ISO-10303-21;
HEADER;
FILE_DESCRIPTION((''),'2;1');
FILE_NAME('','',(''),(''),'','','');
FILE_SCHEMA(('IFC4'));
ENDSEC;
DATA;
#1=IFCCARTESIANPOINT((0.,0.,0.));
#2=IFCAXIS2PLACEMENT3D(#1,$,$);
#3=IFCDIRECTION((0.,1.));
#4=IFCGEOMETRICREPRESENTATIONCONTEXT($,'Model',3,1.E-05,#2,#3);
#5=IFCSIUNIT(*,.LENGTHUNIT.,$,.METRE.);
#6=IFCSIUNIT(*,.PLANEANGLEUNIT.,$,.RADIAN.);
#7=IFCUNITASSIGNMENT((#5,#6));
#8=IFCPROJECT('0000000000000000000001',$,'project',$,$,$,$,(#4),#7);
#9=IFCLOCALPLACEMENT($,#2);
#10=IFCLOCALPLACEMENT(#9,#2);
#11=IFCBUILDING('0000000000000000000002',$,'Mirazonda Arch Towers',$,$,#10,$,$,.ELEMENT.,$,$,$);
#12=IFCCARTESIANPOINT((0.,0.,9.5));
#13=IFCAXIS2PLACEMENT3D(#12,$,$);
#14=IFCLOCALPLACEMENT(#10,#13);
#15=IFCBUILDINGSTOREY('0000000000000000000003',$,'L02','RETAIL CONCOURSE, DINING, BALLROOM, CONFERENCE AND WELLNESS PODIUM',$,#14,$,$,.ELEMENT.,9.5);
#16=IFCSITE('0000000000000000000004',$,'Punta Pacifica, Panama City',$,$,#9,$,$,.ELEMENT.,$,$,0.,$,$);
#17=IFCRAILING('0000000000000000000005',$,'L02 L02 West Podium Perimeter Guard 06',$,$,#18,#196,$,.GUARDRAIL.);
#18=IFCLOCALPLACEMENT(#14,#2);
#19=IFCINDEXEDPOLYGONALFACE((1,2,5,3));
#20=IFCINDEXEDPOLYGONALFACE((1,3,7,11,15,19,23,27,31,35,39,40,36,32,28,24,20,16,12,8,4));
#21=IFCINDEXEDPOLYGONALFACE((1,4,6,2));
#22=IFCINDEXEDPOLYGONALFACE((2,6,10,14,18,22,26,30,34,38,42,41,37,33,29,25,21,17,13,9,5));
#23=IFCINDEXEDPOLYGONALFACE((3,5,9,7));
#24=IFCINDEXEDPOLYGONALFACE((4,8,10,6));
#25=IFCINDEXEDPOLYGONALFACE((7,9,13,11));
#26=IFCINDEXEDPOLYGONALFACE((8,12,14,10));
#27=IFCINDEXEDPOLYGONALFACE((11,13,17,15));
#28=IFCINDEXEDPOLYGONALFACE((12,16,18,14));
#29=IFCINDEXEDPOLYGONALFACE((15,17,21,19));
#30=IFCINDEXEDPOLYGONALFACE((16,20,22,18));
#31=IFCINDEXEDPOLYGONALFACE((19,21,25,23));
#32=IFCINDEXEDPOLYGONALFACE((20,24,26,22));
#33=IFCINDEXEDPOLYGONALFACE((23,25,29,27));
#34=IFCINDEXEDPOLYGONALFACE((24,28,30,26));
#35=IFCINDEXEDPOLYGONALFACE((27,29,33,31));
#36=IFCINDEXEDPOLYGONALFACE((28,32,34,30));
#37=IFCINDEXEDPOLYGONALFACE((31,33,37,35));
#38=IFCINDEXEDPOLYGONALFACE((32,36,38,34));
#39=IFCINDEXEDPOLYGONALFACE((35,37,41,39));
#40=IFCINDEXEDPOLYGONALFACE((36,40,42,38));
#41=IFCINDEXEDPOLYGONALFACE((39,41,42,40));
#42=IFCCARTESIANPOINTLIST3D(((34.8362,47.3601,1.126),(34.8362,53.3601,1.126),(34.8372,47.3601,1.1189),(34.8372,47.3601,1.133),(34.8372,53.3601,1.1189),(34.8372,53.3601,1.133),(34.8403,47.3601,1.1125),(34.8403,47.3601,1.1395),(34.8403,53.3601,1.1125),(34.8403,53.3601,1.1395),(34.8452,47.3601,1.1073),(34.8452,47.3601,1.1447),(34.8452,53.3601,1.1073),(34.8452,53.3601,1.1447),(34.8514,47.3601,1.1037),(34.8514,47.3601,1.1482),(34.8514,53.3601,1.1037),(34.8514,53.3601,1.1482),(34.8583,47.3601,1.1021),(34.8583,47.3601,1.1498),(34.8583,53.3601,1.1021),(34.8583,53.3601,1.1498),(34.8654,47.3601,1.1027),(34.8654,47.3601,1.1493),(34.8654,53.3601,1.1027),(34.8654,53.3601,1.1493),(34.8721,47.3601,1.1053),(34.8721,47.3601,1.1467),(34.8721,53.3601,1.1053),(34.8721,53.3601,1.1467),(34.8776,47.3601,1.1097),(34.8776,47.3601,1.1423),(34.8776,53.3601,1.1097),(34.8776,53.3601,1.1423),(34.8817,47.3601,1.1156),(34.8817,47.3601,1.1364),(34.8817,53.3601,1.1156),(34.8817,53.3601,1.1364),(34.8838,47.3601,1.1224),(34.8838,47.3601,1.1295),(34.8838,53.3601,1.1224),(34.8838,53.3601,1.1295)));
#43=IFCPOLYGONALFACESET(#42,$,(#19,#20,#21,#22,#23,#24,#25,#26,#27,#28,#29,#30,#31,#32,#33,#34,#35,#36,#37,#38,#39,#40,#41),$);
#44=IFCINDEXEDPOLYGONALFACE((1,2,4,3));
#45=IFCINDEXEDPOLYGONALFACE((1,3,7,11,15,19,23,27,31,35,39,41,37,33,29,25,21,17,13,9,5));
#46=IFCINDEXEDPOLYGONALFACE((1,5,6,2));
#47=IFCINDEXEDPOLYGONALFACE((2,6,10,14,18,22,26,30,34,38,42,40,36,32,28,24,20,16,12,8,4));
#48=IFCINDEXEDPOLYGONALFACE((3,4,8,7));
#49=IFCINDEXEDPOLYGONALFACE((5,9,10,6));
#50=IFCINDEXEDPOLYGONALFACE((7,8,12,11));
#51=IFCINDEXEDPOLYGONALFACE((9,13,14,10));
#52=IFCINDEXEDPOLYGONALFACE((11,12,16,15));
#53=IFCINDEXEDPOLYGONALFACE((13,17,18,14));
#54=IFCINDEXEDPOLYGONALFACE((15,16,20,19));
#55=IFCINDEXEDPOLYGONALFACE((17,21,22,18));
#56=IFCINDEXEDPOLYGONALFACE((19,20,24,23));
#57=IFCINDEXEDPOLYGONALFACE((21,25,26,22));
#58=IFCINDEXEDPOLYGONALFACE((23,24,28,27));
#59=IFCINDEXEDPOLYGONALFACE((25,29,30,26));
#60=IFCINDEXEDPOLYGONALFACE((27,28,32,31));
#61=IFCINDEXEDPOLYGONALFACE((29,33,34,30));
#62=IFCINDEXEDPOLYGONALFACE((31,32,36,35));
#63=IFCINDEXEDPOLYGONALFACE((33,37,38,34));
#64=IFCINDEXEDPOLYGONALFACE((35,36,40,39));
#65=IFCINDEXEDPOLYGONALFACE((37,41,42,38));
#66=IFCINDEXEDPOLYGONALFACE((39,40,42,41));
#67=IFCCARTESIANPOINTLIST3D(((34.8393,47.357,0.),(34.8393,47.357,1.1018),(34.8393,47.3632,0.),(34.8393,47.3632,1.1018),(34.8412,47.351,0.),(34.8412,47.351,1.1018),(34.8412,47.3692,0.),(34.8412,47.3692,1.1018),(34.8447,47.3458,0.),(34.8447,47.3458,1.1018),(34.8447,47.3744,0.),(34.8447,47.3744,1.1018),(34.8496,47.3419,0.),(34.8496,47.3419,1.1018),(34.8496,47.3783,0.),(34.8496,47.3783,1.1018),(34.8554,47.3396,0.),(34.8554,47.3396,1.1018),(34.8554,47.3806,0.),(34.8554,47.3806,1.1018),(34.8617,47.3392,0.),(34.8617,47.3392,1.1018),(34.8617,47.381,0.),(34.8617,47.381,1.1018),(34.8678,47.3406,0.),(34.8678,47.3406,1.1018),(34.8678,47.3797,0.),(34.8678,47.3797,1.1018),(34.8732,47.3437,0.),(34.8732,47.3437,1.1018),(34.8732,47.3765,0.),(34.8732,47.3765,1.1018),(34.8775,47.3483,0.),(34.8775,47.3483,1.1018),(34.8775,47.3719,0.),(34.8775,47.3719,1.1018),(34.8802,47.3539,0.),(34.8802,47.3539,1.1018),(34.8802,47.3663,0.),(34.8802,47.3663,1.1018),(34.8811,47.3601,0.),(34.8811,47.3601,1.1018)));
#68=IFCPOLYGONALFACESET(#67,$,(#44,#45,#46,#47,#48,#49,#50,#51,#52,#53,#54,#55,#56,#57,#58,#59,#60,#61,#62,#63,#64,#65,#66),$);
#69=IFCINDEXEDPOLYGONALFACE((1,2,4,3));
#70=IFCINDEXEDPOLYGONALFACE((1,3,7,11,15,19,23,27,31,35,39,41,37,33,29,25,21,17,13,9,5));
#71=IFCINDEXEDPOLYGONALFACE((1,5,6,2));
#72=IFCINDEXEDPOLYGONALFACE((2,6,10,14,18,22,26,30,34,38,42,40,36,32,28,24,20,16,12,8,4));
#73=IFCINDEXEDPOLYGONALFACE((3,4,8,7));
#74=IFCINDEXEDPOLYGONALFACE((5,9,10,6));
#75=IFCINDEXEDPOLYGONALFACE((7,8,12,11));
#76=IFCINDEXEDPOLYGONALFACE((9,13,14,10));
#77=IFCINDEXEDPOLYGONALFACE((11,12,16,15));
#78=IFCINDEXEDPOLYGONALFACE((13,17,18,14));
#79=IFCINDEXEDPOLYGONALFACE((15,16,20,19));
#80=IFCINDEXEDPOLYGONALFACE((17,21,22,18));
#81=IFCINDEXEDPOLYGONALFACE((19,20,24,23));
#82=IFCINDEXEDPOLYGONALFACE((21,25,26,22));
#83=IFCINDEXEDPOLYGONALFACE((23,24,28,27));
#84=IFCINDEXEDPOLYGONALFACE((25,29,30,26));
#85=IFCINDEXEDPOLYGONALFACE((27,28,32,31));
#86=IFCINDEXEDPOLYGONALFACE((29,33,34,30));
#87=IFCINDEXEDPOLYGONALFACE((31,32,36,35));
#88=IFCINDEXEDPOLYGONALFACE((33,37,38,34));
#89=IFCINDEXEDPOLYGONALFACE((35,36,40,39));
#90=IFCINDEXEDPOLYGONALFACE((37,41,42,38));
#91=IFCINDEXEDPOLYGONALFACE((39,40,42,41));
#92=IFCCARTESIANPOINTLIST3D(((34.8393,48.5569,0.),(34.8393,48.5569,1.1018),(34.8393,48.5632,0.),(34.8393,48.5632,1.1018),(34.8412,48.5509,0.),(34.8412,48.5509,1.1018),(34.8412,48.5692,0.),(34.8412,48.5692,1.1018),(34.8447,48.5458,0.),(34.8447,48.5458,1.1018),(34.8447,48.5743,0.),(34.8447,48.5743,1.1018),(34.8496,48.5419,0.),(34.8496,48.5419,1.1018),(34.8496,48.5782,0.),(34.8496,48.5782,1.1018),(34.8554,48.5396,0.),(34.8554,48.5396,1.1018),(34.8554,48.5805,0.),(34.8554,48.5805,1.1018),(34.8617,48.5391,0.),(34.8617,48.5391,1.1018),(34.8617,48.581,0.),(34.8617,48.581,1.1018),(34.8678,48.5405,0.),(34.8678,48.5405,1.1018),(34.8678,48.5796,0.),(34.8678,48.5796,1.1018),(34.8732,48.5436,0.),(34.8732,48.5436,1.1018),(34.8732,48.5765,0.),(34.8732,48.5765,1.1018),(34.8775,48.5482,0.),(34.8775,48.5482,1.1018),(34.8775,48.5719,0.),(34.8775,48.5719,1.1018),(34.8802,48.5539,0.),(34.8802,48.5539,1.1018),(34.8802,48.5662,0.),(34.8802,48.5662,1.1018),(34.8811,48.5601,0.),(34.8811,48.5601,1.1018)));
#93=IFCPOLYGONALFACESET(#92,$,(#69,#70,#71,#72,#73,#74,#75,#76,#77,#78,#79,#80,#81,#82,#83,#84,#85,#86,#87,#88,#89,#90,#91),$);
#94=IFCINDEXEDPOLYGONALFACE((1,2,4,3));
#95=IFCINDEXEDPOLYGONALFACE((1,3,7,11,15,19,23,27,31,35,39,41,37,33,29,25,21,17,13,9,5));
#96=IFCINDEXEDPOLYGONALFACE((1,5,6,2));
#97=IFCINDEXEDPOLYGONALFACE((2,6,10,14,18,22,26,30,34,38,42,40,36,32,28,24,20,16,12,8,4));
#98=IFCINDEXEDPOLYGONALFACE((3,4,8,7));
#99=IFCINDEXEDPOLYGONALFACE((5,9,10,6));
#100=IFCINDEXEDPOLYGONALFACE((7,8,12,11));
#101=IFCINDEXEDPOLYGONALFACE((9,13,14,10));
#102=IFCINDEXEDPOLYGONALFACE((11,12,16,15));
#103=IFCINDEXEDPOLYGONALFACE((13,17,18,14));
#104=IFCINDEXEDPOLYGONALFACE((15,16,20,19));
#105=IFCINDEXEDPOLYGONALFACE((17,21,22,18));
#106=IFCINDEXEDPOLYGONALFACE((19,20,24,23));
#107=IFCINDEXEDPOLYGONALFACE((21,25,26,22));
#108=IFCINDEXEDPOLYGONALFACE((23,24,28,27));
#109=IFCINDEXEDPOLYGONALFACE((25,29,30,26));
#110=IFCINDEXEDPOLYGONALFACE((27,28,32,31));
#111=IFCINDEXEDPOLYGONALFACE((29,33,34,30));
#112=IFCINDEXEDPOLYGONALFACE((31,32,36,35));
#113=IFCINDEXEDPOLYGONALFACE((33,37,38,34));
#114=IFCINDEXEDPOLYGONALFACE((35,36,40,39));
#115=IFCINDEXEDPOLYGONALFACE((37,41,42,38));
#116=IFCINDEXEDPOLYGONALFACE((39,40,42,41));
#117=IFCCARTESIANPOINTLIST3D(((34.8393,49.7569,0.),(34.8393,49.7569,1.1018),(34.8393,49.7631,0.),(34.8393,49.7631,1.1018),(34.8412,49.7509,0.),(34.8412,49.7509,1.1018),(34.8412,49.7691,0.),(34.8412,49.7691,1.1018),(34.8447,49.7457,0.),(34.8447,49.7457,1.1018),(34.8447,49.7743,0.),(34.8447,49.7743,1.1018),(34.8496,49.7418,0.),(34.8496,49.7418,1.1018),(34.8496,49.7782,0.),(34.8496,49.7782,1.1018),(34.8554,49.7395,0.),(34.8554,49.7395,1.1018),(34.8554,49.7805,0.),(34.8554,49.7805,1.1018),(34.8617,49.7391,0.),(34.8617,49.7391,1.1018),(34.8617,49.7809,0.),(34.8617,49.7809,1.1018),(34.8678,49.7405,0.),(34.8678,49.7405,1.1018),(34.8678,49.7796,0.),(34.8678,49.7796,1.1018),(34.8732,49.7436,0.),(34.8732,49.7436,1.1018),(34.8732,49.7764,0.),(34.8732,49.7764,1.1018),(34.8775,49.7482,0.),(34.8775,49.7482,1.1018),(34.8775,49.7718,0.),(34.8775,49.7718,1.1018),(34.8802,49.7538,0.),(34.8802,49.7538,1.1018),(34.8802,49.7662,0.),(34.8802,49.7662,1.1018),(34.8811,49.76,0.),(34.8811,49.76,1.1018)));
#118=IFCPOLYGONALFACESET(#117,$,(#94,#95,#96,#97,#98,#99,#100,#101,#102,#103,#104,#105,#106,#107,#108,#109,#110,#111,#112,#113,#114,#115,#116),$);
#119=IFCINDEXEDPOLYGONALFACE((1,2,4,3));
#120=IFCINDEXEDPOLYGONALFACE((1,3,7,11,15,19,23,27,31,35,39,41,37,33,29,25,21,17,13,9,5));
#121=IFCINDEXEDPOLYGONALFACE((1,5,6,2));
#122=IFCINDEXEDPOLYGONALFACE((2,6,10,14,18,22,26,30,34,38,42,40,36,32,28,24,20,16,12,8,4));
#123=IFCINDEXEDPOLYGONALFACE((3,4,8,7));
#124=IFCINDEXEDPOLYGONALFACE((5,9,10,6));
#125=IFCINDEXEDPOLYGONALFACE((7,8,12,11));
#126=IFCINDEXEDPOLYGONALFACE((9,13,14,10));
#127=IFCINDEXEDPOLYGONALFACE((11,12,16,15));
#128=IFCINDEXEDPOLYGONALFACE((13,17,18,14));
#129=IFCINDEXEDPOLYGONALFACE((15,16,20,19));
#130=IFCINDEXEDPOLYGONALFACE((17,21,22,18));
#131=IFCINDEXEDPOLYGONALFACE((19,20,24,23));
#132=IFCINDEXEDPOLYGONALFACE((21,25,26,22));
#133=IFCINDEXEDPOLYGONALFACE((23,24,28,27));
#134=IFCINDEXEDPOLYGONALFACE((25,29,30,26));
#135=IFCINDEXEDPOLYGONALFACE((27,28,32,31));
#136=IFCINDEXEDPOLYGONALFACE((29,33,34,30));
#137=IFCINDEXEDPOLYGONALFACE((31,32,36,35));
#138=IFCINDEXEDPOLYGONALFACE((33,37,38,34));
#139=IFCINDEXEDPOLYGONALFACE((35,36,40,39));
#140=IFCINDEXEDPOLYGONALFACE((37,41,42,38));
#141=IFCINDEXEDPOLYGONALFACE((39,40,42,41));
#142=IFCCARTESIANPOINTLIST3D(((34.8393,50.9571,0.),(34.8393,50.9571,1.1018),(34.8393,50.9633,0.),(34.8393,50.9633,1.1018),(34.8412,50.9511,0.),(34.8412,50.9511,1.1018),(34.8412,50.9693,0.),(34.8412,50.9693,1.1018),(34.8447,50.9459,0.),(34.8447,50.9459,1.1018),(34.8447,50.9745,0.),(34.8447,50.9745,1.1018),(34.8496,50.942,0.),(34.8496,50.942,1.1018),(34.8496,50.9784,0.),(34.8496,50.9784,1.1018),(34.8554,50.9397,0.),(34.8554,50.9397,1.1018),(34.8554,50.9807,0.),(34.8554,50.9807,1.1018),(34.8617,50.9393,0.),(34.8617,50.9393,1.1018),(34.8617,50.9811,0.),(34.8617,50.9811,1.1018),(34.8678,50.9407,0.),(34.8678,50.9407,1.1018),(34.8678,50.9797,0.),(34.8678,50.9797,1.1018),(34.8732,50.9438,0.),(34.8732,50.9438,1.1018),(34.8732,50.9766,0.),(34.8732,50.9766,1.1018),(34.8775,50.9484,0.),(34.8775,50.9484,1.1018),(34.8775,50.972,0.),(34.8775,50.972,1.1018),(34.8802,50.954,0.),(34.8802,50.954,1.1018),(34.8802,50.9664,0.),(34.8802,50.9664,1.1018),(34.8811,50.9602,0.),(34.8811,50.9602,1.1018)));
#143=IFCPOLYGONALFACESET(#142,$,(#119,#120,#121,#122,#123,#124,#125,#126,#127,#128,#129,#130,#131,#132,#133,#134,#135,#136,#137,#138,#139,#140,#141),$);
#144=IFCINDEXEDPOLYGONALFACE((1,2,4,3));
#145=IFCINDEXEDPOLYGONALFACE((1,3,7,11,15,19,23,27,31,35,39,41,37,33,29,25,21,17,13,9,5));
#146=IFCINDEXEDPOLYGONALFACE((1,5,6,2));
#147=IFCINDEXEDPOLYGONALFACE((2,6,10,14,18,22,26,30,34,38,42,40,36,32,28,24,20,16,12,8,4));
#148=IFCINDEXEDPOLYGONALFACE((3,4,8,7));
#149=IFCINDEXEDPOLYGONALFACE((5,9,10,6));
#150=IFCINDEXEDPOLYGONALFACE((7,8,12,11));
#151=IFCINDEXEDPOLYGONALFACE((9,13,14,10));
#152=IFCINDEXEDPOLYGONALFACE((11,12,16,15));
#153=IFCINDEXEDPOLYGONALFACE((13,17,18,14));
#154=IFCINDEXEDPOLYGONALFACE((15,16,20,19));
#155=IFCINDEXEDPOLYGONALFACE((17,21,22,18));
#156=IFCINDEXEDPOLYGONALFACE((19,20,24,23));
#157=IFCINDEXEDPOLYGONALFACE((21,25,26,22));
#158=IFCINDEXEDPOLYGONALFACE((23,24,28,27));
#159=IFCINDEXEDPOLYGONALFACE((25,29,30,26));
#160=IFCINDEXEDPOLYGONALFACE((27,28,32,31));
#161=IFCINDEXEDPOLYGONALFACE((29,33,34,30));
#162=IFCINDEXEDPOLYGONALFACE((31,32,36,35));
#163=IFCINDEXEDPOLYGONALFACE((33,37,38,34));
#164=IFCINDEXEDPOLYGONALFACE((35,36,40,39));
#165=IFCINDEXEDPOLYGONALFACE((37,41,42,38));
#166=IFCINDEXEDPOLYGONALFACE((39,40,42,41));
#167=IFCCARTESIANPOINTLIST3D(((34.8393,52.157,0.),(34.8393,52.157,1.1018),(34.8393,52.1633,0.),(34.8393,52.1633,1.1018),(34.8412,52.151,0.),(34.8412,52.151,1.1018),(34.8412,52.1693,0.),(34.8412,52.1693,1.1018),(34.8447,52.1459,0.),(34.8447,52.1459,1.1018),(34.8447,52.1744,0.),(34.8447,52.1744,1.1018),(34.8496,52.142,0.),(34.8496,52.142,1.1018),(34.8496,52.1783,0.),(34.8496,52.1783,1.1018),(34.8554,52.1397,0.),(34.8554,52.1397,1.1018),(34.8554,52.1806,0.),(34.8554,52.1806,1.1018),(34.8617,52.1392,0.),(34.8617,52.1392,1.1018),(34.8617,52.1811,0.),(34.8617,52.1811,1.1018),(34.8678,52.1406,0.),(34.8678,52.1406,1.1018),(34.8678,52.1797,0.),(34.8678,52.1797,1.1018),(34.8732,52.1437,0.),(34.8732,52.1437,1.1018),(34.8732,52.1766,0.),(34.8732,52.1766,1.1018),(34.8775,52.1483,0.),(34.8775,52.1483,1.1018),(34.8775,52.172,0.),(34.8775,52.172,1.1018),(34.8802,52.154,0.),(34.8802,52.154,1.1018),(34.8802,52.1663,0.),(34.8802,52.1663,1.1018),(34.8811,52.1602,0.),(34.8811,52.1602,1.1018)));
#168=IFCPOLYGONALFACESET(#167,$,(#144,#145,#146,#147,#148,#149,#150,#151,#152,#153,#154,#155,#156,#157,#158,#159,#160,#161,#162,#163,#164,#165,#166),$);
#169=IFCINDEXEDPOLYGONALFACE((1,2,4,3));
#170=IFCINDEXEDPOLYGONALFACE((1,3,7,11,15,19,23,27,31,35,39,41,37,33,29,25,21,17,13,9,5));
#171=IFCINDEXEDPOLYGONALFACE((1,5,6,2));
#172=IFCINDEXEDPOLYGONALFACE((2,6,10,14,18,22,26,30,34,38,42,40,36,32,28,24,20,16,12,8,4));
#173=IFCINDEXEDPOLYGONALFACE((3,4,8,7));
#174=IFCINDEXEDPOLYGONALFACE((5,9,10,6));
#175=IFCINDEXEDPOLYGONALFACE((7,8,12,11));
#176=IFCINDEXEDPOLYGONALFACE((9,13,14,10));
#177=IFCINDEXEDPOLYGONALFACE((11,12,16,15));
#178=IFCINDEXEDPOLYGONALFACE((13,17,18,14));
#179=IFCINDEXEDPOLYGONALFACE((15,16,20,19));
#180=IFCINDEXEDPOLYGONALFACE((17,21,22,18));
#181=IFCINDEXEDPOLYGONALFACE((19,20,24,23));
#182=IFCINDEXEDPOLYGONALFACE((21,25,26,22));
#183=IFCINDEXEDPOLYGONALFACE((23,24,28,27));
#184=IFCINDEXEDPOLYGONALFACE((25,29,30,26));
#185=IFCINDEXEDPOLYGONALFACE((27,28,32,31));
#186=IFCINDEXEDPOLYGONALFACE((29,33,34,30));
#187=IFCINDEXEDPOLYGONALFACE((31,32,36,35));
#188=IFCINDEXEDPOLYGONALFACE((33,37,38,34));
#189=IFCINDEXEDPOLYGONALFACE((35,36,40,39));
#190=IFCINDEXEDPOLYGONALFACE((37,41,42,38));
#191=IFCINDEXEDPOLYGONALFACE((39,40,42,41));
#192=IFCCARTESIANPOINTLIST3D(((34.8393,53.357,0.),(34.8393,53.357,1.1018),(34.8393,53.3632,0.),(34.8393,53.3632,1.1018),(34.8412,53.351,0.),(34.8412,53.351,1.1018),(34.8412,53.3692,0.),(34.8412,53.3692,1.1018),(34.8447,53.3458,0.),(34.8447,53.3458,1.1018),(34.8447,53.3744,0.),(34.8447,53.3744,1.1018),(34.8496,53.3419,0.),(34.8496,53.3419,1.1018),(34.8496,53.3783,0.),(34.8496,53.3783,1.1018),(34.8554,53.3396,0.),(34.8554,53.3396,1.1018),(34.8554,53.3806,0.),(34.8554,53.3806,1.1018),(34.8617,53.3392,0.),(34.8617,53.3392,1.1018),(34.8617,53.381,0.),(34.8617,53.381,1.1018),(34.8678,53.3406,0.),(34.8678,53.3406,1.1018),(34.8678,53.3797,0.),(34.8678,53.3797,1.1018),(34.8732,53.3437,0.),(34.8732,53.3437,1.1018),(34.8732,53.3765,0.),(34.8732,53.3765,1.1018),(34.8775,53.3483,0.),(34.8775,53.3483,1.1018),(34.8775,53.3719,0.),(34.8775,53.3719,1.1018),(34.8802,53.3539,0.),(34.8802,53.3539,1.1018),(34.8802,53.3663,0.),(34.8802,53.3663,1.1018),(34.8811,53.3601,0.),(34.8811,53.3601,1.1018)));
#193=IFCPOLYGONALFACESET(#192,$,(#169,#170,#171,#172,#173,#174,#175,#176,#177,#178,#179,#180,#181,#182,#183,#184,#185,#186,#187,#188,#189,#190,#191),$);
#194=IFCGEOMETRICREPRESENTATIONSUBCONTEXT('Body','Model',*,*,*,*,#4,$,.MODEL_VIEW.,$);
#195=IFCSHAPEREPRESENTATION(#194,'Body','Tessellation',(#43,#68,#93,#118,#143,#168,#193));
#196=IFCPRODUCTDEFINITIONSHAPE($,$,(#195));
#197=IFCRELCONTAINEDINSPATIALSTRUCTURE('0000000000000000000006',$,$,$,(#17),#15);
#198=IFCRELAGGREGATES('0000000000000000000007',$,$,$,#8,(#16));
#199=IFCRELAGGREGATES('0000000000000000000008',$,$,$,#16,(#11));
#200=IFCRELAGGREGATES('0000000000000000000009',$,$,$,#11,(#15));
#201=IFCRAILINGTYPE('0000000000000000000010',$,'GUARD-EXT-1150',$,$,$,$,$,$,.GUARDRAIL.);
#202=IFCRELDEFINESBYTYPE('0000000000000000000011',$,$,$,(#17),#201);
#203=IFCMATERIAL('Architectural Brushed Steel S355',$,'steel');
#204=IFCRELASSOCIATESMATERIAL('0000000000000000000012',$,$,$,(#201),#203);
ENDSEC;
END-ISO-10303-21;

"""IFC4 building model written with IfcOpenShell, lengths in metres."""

from ifc_helpers import new_model, si_unit, direction, frame, origin, origin_2d, place, context, subcontext, project, spatial, circle, extrude, material, type_object, element, save


model = new_model("IFC4")

# Units and contexts
model_context = context("Model", 3, precision=1e-05, world=origin(), true_north=direction((0.0, 1.0)))
body_context = subcontext(model_context, "Body", "Model", "MODEL_VIEW")
ifc_project = project(units=[si_unit("LENGTHUNIT", "METRE"), si_unit("PLANEANGLEUNIT", "RADIAN")], contexts=[model_context])

# Site, building, storey
site_placement = place(None, origin())
site = spatial("IfcSite", under=ifc_project, at=site_placement, Name="Punta Pacifica, Panama City", CompositionType="ELEMENT", RefElevation=0.0)
building_placement = place(site_placement, origin())
building = spatial("IfcBuilding", under=site, at=building_placement, Name="Mirazonda Arch Towers", CompositionType="ELEMENT")
storey_placement = place(building_placement, frame((0.0, 0.0, 9.5)))
storey = spatial("IfcBuildingStorey", under=building, at=storey_placement, Name="L02", Description="RETAIL CONCOURSE, DINING, BALLROOM, CONFERENCE AND WELLNESS PODIUM", CompositionType="ELEMENT", Elevation=9.5)

# Railing
ifc_material_1 = material(Name="Architectural Brushed Steel S355", Category="steel")
railing_type = type_object("IfcRailingType", Name="GUARD-EXT-1150", PredefinedType="GUARDRAIL", material=ifc_material_1)
railing_1_placement = place(storey_placement, frame((34.8601, 47.3601, 0.0)))
element("IfcRailing", 1, at=railing_1_placement, inside=storey, type_object=railing_type, Name="L02 L02 West Podium Perimeter Guard 06", PredefinedType="GUARDRAIL", context=body_context, shape_type="SweptSolid", body=[
    extrude(circle(Radius=0.0239, at=origin_2d()), frame((0.0, 0.0, 1.126), z_axis=(0.0, 1.0, 0.0), x_axis=(-1.0, 0.0, 0.0)), (0.0, 0.0, 1.0), 6.0),
    extrude(circle(Radius=0.021, at=origin_2d()), origin(), (0.0, 0.0, 1.0), 1.1018),
    extrude(circle(Radius=0.021, at=origin_2d()), frame((0.0, 1.2, 0.0)), (0.0, 0.0, 1.0), 1.1018),
    extrude(circle(Radius=0.021, at=origin_2d()), frame((0.0, 2.3999, 0.0)), (0.0, 0.0, 1.0), 1.1018),
    extrude(circle(Radius=0.021, at=origin_2d()), frame((0.0, 3.6001, 0.0)), (0.0, 0.0, 1.0), 1.1018),
    extrude(circle(Radius=0.021, at=origin_2d()), frame((0.0, 4.8, 0.0)), (0.0, 0.0, 1.0), 1.1018),
    extrude(circle(Radius=0.021, at=origin_2d()), frame((0.0, 6.0, 0.0)), (0.0, 0.0, 1.0), 1.1018),
])

save(model, "model.ifc")
